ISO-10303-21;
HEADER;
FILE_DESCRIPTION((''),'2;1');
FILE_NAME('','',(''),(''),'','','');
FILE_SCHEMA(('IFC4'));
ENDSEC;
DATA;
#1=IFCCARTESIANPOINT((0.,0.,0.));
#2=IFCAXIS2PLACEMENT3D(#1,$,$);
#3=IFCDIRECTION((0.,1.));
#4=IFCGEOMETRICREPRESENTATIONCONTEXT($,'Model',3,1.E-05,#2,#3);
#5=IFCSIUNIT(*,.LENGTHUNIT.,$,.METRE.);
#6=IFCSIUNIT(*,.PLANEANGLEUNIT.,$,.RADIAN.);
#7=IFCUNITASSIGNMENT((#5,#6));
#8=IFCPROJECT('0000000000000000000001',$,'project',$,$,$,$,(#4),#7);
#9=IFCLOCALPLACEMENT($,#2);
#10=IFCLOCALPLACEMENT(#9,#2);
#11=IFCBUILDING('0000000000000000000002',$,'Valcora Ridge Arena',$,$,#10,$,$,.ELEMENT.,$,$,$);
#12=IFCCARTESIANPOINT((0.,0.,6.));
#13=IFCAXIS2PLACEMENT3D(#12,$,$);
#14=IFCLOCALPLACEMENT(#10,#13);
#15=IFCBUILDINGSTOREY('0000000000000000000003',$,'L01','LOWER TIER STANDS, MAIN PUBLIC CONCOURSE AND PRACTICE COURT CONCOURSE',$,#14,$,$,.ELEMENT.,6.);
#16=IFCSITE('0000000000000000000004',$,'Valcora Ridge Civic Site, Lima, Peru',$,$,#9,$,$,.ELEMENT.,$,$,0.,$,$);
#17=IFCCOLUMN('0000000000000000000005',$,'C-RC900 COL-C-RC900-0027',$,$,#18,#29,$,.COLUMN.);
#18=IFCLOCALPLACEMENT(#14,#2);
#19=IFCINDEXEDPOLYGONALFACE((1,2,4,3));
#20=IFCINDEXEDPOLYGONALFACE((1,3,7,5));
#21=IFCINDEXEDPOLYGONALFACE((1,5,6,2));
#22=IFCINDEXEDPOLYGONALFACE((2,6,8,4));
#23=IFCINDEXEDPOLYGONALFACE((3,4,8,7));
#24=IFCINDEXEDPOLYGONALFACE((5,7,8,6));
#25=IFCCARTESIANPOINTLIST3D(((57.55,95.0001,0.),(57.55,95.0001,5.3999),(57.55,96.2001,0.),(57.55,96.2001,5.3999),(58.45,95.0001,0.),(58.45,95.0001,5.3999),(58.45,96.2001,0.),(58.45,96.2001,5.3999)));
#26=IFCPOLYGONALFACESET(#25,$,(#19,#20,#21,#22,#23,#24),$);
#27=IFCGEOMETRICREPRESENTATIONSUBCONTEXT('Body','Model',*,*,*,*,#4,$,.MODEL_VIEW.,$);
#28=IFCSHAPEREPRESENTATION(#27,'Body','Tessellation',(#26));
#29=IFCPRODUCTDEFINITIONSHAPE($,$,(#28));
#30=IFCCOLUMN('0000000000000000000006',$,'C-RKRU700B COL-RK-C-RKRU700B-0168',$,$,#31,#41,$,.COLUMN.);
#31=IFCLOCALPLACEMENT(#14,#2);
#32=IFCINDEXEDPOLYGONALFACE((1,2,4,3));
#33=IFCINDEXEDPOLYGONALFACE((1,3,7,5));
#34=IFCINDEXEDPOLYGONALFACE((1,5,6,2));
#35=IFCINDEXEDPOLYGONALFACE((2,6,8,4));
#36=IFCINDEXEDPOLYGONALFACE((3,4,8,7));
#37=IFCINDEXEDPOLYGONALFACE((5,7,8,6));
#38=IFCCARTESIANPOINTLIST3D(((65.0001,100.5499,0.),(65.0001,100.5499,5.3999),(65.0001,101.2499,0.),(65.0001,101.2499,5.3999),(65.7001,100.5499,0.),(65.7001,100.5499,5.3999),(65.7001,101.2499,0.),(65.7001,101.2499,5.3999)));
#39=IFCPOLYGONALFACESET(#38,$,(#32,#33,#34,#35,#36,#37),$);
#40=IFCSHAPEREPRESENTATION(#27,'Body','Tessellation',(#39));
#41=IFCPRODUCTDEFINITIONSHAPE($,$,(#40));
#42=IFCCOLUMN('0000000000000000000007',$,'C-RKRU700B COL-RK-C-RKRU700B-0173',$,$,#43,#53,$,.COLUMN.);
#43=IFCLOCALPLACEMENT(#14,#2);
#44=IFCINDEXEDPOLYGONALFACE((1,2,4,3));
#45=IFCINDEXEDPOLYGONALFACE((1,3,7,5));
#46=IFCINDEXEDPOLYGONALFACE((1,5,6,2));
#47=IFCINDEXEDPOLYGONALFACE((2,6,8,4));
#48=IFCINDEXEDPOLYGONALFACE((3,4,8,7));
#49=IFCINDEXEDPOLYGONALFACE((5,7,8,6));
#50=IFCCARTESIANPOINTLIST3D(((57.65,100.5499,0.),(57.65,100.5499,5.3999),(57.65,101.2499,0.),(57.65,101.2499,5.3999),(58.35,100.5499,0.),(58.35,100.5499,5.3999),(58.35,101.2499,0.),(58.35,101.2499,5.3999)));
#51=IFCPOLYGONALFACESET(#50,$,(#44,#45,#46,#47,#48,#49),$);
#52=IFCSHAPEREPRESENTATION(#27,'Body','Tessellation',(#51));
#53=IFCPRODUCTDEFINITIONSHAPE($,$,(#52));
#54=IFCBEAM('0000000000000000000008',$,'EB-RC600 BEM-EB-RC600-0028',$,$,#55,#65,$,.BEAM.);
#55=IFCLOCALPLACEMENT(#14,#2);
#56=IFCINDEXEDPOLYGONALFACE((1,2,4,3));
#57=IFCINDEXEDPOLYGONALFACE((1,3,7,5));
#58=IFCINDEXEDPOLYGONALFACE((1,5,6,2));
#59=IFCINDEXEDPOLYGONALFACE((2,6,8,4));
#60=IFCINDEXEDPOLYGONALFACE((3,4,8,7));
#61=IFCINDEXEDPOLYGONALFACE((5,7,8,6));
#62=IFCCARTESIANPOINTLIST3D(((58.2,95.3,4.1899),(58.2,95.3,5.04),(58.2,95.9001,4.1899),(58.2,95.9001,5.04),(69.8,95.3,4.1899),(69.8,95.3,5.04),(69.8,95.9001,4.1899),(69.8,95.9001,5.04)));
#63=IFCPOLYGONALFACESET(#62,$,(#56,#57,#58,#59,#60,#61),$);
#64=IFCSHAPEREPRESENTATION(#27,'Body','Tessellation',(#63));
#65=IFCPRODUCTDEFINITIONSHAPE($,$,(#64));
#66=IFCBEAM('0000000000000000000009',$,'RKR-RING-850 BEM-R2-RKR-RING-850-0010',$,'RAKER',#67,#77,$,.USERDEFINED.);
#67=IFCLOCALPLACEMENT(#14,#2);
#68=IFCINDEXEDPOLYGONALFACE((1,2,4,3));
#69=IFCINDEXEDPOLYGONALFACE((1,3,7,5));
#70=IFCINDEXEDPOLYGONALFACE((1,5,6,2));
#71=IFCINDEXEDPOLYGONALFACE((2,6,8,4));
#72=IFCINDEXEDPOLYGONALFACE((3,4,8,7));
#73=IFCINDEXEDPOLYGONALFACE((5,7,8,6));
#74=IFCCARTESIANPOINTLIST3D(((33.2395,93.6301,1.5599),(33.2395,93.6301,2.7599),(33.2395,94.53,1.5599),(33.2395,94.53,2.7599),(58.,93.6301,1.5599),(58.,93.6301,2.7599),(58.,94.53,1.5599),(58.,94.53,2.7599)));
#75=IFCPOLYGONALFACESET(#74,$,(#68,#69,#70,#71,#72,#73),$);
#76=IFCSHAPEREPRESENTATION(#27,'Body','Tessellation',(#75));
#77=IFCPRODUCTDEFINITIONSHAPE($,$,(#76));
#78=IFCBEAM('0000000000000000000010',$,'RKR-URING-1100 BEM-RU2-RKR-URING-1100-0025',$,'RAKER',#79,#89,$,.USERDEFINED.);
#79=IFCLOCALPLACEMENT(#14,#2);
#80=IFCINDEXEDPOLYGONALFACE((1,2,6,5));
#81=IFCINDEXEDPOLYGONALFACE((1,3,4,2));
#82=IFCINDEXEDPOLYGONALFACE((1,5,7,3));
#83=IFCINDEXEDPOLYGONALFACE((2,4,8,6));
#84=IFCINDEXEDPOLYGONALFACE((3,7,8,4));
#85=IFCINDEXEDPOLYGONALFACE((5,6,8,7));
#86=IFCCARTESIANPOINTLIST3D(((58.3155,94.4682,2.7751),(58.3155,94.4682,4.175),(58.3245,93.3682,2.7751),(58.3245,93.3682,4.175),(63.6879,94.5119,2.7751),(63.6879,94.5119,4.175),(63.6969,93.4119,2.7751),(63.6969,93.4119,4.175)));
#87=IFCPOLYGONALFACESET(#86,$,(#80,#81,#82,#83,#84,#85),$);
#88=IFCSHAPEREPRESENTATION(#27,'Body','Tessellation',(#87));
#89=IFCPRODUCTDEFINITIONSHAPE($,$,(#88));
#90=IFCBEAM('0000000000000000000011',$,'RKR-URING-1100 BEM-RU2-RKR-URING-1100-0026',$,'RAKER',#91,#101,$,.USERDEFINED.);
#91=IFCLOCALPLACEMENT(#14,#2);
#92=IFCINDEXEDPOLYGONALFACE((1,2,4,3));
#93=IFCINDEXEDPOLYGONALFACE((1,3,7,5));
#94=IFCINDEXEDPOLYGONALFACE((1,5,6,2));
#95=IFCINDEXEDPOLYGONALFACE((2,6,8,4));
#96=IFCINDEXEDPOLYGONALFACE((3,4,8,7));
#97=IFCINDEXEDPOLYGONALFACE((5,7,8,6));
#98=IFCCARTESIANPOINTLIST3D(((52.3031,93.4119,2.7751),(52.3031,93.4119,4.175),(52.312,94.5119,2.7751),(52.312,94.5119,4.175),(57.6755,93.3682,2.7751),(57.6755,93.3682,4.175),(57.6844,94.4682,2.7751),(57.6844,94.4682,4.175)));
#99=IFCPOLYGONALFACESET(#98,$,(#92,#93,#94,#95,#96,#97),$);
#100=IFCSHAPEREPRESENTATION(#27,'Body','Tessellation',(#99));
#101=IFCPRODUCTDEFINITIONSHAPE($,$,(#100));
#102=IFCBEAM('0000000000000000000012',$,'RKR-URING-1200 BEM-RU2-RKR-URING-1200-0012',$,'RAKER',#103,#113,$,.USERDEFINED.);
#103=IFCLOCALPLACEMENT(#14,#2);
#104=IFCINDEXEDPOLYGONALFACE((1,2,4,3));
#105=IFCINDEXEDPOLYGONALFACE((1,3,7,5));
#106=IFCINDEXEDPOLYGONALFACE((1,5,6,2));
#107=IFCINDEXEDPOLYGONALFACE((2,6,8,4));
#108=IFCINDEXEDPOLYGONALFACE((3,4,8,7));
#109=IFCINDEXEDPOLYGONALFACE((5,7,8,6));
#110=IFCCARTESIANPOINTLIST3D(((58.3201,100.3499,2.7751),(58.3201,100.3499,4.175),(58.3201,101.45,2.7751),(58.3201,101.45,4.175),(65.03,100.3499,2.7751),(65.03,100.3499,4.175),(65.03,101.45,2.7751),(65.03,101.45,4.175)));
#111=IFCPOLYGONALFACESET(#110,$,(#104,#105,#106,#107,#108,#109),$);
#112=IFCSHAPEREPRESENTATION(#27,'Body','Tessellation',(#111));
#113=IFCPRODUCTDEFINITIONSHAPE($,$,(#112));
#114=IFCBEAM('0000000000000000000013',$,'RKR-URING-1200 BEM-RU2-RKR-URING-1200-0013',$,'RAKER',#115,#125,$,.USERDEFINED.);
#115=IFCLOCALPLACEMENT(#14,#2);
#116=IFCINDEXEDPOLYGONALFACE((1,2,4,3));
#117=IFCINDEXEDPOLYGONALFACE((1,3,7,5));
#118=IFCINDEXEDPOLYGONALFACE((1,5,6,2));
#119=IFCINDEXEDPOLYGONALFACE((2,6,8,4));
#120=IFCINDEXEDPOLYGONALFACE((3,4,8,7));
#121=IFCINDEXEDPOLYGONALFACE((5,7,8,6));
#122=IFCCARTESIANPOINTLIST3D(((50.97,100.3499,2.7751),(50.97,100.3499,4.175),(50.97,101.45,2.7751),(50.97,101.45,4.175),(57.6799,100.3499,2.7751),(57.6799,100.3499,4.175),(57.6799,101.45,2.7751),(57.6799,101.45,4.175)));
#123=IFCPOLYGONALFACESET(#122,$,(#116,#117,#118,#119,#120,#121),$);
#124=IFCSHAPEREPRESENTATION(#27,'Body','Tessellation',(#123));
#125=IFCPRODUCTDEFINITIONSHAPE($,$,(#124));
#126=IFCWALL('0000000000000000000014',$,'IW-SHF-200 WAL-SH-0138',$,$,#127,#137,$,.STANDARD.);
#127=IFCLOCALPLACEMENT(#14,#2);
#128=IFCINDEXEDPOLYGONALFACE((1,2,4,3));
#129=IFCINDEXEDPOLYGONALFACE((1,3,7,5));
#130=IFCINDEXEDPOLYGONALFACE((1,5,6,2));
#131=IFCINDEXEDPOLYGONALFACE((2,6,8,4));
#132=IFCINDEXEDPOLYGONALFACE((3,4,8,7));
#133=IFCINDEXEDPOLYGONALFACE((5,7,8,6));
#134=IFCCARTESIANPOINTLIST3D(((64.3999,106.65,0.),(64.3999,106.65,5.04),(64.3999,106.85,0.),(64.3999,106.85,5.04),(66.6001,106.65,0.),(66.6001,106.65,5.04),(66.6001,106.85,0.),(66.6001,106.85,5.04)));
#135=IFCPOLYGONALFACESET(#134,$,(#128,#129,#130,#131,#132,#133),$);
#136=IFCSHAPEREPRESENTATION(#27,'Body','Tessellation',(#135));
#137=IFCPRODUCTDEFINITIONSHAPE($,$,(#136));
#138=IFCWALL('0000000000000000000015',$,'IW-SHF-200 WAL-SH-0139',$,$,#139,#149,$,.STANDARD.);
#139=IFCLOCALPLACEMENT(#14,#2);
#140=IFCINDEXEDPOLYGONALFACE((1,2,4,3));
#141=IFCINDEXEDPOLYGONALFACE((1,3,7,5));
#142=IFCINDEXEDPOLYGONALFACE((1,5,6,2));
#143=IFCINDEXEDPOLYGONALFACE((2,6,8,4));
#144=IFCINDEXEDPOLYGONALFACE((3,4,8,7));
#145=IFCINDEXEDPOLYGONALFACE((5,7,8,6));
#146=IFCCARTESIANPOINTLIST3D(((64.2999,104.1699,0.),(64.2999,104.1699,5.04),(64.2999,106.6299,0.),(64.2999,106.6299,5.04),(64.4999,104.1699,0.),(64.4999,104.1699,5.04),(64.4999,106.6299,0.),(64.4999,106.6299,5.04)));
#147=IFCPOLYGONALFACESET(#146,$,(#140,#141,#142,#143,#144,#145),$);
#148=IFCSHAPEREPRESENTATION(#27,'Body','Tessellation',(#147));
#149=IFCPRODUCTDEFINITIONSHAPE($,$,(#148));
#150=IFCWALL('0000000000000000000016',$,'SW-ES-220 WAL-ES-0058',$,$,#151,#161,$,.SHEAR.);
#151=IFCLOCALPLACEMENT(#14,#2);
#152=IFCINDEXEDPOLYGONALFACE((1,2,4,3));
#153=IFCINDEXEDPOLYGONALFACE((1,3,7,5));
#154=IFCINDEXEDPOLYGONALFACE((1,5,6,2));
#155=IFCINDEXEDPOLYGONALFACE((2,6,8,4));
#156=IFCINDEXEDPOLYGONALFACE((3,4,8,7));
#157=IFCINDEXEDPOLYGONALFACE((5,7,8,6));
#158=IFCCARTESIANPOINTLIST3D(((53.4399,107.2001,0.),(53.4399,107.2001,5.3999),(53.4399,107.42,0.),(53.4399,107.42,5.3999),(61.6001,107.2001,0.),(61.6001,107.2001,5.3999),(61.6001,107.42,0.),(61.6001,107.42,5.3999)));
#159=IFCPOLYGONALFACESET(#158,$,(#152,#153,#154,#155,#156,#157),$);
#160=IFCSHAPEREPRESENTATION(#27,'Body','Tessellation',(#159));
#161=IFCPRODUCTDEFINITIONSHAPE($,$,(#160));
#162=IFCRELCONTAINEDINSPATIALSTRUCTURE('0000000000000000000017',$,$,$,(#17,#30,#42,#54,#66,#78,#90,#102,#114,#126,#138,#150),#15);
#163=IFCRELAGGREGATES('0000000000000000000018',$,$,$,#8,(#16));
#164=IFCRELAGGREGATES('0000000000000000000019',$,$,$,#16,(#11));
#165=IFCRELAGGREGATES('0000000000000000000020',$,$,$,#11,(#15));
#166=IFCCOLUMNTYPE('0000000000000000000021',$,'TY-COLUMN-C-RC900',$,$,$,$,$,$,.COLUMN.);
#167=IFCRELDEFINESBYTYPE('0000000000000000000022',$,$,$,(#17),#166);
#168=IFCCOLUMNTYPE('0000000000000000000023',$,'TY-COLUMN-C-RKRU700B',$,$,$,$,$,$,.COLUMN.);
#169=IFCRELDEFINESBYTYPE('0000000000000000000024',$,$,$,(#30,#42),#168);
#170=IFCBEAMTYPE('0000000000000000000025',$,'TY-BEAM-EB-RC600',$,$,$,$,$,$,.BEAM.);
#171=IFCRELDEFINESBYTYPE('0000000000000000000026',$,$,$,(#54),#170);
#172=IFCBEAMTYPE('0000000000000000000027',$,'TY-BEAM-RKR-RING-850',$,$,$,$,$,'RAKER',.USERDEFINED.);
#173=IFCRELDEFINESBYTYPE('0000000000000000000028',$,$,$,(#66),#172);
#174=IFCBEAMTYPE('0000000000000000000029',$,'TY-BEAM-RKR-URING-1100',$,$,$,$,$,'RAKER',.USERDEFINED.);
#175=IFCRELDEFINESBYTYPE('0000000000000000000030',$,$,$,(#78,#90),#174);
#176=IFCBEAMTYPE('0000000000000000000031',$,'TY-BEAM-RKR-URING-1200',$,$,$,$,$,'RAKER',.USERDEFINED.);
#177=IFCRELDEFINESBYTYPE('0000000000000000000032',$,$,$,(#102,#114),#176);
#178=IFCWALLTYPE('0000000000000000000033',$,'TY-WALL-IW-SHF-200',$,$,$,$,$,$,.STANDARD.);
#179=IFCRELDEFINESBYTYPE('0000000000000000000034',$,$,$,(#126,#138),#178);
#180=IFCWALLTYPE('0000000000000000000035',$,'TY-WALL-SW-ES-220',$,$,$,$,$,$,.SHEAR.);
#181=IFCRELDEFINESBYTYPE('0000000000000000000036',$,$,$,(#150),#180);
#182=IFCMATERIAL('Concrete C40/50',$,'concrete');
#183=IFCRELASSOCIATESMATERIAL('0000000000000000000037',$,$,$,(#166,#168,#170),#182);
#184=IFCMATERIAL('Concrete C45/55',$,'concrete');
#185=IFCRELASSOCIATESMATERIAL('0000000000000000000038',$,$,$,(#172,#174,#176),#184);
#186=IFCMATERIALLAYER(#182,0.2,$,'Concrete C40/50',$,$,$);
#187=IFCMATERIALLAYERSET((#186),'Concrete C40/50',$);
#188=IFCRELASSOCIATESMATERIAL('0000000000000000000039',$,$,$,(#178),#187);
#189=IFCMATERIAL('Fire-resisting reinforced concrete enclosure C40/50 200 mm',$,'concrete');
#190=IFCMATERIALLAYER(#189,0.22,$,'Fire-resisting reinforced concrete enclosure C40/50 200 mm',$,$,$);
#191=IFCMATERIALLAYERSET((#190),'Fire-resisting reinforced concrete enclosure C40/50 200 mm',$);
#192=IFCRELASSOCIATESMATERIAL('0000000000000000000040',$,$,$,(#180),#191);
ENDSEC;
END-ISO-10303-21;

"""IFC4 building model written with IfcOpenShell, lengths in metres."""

from ifc_helpers import new_model, si_unit, direction, frame, frame_2d, origin, origin_2d, place, context, subcontext, project, spatial, rectangle, extrude, material, layer, layer_set, material_profile, profile_set, type_object, element, save


model = new_model("IFC4")

# Units and contexts
model_context = context("Model", 3, precision=1e-05, world=origin(), true_north=direction((0.0, 1.0)))
body_context = subcontext(model_context, "Body", "Model", "MODEL_VIEW")
ifc_project = project(units=[si_unit("LENGTHUNIT", "METRE"), si_unit("PLANEANGLEUNIT", "RADIAN")], contexts=[model_context])

# Site, building, storey
site_placement = place(None, origin())
site = spatial("IfcSite", under=ifc_project, at=site_placement, Name="Valcora Ridge Civic Site, Lima, Peru", CompositionType="ELEMENT", RefElevation=0.0)
building_placement = place(site_placement, origin())
building = spatial("IfcBuilding", under=site, at=building_placement, Name="Valcora Ridge Arena", CompositionType="ELEMENT")
storey_placement = place(building_placement, frame((0.0, 0.0, 6.0)))
storey = spatial("IfcBuildingStorey", under=building, at=storey_placement, Name="L01", Description="LOWER TIER STANDS, MAIN PUBLIC CONCOURSE AND PRACTICE COURT CONCOURSE", CompositionType="ELEMENT", Elevation=6.0)

# Columns
ifc_material_1 = material(Name="Concrete C40/50", Category="concrete")
ifc_material_profile_1 = material_profile(ifc_material_1, rectangle(XDim=0.8999, YDim=1.2, at=origin_2d()), Name="RC 900x1200")
ifc_profile_set_1 = profile_set([ifc_material_profile_1], Name="Concrete C40/50")
column_type_1 = type_object("IfcColumnType", Name="TY-COLUMN-C-RC900", PredefinedType="COLUMN", material=ifc_profile_set_1)
column_placement = place(storey_placement, frame((58.0, 95.6001, 0.0), z_axis=(0.0, 0.0, 1.0), x_axis=(1.0, 0.0, 0.0)))
element("IfcColumn", 1, at=column_placement, inside=storey, type_object=column_type_1, Name="C-RC900 COL-C-RC900-0027", PredefinedType="COLUMN", context=body_context, shape_type="SweptSolid", body=[
    extrude(rectangle(XDim=0.8999, YDim=1.2, at=origin_2d()), origin(), (0.0, 0.0, 1.0), 5.3999),
])
ifc_material_profile_2 = material_profile(ifc_material_1, rectangle(XDim=0.7, YDim=0.7, at=origin_2d()), Name="RC 700x700")
ifc_profile_set_2 = profile_set([ifc_material_profile_2], Name="Concrete C40/50")
column_type_2 = type_object("IfcColumnType", Name="TY-COLUMN-C-RKRU700B", PredefinedType="COLUMN", material=ifc_profile_set_2)
for number, where, z_axis, x_axis, name in (
    (2, (65.3501, 100.8999, 0.0), (0.0, 0.0, 1.0), (1.0, 0.0, 0.0), "C-RKRU700B COL-RK-C-RKRU700B-0168"),
    (3, (58.0, 100.8999, 0.0), (0.0, 0.0, 1.0), (1.0, 0.0, 0.0), "C-RKRU700B COL-RK-C-RKRU700B-0173"),
):
    element("IfcColumn", number, at=place(storey_placement, frame(where, z_axis=z_axis, x_axis=x_axis)), inside=storey, type_object=column_type_2, Name=name, PredefinedType="COLUMN", context=body_context, shape_type="SweptSolid", body=[
        extrude(rectangle(XDim=0.7, YDim=0.7, at=origin_2d()), origin(), (0.0, 0.0, 1.0), 5.3999),
    ])

# Beams
ifc_material_profile_3 = material_profile(ifc_material_1, rectangle(XDim=0.6001, YDim=0.8501, at=origin_2d()), Name="RC 600x850")
ifc_profile_set_3 = profile_set([ifc_material_profile_3], Name="Concrete C40/50")
beam_type_1 = type_object("IfcBeamType", Name="TY-BEAM-EB-RC600", PredefinedType="BEAM", material=ifc_profile_set_3)
beam_1_placement = place(storey_placement, frame((58.2, 95.6001, 4.615), z_axis=(1.0, 0.0, 0.0), x_axis=(0.0, 1.0, 0.0)))
element("IfcBeam", 4, at=beam_1_placement, inside=storey, type_object=beam_type_1, Name="EB-RC600 BEM-EB-RC600-0028", PredefinedType="BEAM", context=body_context, shape_type="SweptSolid", body=[
    extrude(rectangle(XDim=0.6001, YDim=0.8501, at=origin_2d()), origin(), (0.0, 0.0, 1.0), 11.6001),
])
ifc_material_2 = material(Name="Concrete C45/55", Category="concrete")
ifc_material_profile_4 = material_profile(ifc_material_2, rectangle(XDim=0.8999, YDim=1.2, at=origin_2d()), Name="RC 900x1200")
ifc_profile_set_4 = profile_set([ifc_material_profile_4], Name="Concrete C45/55")
beam_type_2 = type_object("IfcBeamType", Name="TY-BEAM-RKR-RING-850", ElementType="RAKER", PredefinedType="USERDEFINED", material=ifc_profile_set_4)
beam_2_placement = place(storey_placement, frame((58.0, 94.0801, 2.1599), z_axis=(-1.0, 0.0, 0.0), x_axis=(0.0, -1.0, 0.0)))
element("IfcBeam", 5, at=beam_2_placement, inside=storey, type_object=beam_type_2, Name="RKR-RING-850 BEM-R2-RKR-RING-850-0010", ObjectType="RAKER", PredefinedType="USERDEFINED", context=body_context, shape_type="SweptSolid", body=[
    extrude(rectangle(XDim=0.8999, YDim=1.2, at=origin_2d()), origin(), (0.0, 0.0, 1.0), 24.7605),
])
ifc_material_profile_5 = material_profile(ifc_material_2, rectangle(XDim=1.1001, YDim=1.3999, at=origin_2d()), Name="RC 1100x1400")
ifc_profile_set_5 = profile_set([ifc_material_profile_5], Name="Concrete C45/55")
beam_type_3 = type_object("IfcBeamType", Name="TY-BEAM-RKR-URING-1100", ElementType="RAKER", PredefinedType="USERDEFINED", material=ifc_profile_set_5)
for number, where, z_axis, x_axis, name in (
    (6, (63.6924, 93.9619, 3.4751), (-0.999967, -0.008134, 0.0), (0.008134, -0.999967, 0.0), "RKR-URING-1100 BEM-RU2-RKR-URING-1100-0025"),
    (7, (57.6799, 93.9182, 3.4751), (-0.999967, 0.008134, 0.0), (-0.008134, -0.999967, 0.0), "RKR-URING-1100 BEM-RU2-RKR-URING-1100-0026"),
):
    element("IfcBeam", number, at=place(storey_placement, frame(where, z_axis=z_axis, x_axis=x_axis)), inside=storey, type_object=beam_type_3, Name=name, ObjectType="RAKER", PredefinedType="USERDEFINED", context=body_context, shape_type="SweptSolid", body=[
        extrude(rectangle(XDim=1.1001, YDim=1.3999, at=origin_2d()), origin(), (0.0, 0.0, 1.0), 5.3726),
    ])
ifc_material_profile_6 = material_profile(ifc_material_2, rectangle(XDim=1.1001, YDim=1.3999, at=origin_2d()), Name="RC 1100x1400")
ifc_profile_set_6 = profile_set([ifc_material_profile_6], Name="Concrete C45/55")
beam_type_4 = type_object("IfcBeamType", Name="TY-BEAM-RKR-URING-1200", ElementType="RAKER", PredefinedType="USERDEFINED", material=ifc_profile_set_6)
for number, where, z_axis, x_axis, name in (
    (8, (65.03, 100.8999, 3.4751), (-1.0, 0.0, 0.0), (0.0, -1.0, 0.0), "RKR-URING-1200 BEM-RU2-RKR-URING-1200-0012"),
    (9, (57.6799, 100.8999, 3.4751), (-1.0, 0.0, 0.0), (0.0, -1.0, 0.0), "RKR-URING-1200 BEM-RU2-RKR-URING-1200-0013"),
):
    element("IfcBeam", number, at=place(storey_placement, frame(where, z_axis=z_axis, x_axis=x_axis)), inside=storey, type_object=beam_type_4, Name=name, ObjectType="RAKER", PredefinedType="USERDEFINED", context=body_context, shape_type="SweptSolid", body=[
        extrude(rectangle(XDim=1.1001, YDim=1.3999, at=origin_2d()), origin(), (0.0, 0.0, 1.0), 6.71),
    ])

# Shared definitions
ifc_layer_1 = layer(ifc_material_1, 0.2, Name="Concrete C40/50")
ifc_layer_set_1 = layer_set([ifc_layer_1], Name="Concrete C40/50")
wall_type_1 = type_object("IfcWallType", Name="TY-WALL-IW-SHF-200", PredefinedType="STANDARD", material=ifc_layer_set_1)

# Walls
wall_1_placement = place(storey_placement, frame((64.3999, 106.75, 0.0), z_axis=(0.0, 0.0, 1.0), x_axis=(1.0, 0.0, 0.0)))
element("IfcWall", 10, at=wall_1_placement, inside=storey, type_object=wall_type_1, Name="IW-SHF-200 WAL-SH-0138", PredefinedType="STANDARD", context=body_context, shape_type="SweptSolid", body=[
    extrude(rectangle(XDim=2.2002, YDim=0.2, at=frame_2d((1.1001, 0.0))), origin(), (0.0, 0.0, 1.0), 5.04),
])
wall_2_placement = place(storey_placement, frame((64.3999, 104.1699, 0.0), z_axis=(0.0, 0.0, 1.0), x_axis=(0.0, 1.0, 0.0)))
element("IfcWall", 11, at=wall_2_placement, inside=storey, type_object=wall_type_1, Name="IW-SHF-200 WAL-SH-0139", PredefinedType="STANDARD", context=body_context, shape_type="SweptSolid", body=[
    extrude(rectangle(XDim=2.46, YDim=0.2, at=frame_2d((1.23, 0.0))), origin(), (0.0, 0.0, 1.0), 5.04),
])
ifc_material_3 = material(Name="Fire-resisting reinforced concrete enclosure C40/50 200 mm", Category="concrete")
ifc_layer_2 = layer(ifc_material_3, 0.22, Name="Fire-resisting reinforced concrete enclosure C40/50 200 mm")
ifc_layer_set_2 = layer_set([ifc_layer_2], Name="Fire-resisting reinforced concrete enclosure C40/50 200 mm")
wall_type_2 = type_object("IfcWallType", Name="TY-WALL-SW-ES-220", PredefinedType="SHEAR", material=ifc_layer_set_2)
wall_3_placement = place(storey_placement, frame((53.4399, 107.3101, 0.0), z_axis=(0.0, 0.0, 1.0), x_axis=(1.0, 0.0, 0.0)))
element("IfcWall", 12, at=wall_3_placement, inside=storey, type_object=wall_type_2, Name="SW-ES-220 WAL-ES-0058", PredefinedType="SHEAR", context=body_context, shape_type="SweptSolid", body=[
    extrude(rectangle(XDim=8.1602, YDim=0.22, at=frame_2d((4.0801, 0.0))), origin(), (0.0, 0.0, 1.0), 5.3999),
])

save(model, "model.ifc")
